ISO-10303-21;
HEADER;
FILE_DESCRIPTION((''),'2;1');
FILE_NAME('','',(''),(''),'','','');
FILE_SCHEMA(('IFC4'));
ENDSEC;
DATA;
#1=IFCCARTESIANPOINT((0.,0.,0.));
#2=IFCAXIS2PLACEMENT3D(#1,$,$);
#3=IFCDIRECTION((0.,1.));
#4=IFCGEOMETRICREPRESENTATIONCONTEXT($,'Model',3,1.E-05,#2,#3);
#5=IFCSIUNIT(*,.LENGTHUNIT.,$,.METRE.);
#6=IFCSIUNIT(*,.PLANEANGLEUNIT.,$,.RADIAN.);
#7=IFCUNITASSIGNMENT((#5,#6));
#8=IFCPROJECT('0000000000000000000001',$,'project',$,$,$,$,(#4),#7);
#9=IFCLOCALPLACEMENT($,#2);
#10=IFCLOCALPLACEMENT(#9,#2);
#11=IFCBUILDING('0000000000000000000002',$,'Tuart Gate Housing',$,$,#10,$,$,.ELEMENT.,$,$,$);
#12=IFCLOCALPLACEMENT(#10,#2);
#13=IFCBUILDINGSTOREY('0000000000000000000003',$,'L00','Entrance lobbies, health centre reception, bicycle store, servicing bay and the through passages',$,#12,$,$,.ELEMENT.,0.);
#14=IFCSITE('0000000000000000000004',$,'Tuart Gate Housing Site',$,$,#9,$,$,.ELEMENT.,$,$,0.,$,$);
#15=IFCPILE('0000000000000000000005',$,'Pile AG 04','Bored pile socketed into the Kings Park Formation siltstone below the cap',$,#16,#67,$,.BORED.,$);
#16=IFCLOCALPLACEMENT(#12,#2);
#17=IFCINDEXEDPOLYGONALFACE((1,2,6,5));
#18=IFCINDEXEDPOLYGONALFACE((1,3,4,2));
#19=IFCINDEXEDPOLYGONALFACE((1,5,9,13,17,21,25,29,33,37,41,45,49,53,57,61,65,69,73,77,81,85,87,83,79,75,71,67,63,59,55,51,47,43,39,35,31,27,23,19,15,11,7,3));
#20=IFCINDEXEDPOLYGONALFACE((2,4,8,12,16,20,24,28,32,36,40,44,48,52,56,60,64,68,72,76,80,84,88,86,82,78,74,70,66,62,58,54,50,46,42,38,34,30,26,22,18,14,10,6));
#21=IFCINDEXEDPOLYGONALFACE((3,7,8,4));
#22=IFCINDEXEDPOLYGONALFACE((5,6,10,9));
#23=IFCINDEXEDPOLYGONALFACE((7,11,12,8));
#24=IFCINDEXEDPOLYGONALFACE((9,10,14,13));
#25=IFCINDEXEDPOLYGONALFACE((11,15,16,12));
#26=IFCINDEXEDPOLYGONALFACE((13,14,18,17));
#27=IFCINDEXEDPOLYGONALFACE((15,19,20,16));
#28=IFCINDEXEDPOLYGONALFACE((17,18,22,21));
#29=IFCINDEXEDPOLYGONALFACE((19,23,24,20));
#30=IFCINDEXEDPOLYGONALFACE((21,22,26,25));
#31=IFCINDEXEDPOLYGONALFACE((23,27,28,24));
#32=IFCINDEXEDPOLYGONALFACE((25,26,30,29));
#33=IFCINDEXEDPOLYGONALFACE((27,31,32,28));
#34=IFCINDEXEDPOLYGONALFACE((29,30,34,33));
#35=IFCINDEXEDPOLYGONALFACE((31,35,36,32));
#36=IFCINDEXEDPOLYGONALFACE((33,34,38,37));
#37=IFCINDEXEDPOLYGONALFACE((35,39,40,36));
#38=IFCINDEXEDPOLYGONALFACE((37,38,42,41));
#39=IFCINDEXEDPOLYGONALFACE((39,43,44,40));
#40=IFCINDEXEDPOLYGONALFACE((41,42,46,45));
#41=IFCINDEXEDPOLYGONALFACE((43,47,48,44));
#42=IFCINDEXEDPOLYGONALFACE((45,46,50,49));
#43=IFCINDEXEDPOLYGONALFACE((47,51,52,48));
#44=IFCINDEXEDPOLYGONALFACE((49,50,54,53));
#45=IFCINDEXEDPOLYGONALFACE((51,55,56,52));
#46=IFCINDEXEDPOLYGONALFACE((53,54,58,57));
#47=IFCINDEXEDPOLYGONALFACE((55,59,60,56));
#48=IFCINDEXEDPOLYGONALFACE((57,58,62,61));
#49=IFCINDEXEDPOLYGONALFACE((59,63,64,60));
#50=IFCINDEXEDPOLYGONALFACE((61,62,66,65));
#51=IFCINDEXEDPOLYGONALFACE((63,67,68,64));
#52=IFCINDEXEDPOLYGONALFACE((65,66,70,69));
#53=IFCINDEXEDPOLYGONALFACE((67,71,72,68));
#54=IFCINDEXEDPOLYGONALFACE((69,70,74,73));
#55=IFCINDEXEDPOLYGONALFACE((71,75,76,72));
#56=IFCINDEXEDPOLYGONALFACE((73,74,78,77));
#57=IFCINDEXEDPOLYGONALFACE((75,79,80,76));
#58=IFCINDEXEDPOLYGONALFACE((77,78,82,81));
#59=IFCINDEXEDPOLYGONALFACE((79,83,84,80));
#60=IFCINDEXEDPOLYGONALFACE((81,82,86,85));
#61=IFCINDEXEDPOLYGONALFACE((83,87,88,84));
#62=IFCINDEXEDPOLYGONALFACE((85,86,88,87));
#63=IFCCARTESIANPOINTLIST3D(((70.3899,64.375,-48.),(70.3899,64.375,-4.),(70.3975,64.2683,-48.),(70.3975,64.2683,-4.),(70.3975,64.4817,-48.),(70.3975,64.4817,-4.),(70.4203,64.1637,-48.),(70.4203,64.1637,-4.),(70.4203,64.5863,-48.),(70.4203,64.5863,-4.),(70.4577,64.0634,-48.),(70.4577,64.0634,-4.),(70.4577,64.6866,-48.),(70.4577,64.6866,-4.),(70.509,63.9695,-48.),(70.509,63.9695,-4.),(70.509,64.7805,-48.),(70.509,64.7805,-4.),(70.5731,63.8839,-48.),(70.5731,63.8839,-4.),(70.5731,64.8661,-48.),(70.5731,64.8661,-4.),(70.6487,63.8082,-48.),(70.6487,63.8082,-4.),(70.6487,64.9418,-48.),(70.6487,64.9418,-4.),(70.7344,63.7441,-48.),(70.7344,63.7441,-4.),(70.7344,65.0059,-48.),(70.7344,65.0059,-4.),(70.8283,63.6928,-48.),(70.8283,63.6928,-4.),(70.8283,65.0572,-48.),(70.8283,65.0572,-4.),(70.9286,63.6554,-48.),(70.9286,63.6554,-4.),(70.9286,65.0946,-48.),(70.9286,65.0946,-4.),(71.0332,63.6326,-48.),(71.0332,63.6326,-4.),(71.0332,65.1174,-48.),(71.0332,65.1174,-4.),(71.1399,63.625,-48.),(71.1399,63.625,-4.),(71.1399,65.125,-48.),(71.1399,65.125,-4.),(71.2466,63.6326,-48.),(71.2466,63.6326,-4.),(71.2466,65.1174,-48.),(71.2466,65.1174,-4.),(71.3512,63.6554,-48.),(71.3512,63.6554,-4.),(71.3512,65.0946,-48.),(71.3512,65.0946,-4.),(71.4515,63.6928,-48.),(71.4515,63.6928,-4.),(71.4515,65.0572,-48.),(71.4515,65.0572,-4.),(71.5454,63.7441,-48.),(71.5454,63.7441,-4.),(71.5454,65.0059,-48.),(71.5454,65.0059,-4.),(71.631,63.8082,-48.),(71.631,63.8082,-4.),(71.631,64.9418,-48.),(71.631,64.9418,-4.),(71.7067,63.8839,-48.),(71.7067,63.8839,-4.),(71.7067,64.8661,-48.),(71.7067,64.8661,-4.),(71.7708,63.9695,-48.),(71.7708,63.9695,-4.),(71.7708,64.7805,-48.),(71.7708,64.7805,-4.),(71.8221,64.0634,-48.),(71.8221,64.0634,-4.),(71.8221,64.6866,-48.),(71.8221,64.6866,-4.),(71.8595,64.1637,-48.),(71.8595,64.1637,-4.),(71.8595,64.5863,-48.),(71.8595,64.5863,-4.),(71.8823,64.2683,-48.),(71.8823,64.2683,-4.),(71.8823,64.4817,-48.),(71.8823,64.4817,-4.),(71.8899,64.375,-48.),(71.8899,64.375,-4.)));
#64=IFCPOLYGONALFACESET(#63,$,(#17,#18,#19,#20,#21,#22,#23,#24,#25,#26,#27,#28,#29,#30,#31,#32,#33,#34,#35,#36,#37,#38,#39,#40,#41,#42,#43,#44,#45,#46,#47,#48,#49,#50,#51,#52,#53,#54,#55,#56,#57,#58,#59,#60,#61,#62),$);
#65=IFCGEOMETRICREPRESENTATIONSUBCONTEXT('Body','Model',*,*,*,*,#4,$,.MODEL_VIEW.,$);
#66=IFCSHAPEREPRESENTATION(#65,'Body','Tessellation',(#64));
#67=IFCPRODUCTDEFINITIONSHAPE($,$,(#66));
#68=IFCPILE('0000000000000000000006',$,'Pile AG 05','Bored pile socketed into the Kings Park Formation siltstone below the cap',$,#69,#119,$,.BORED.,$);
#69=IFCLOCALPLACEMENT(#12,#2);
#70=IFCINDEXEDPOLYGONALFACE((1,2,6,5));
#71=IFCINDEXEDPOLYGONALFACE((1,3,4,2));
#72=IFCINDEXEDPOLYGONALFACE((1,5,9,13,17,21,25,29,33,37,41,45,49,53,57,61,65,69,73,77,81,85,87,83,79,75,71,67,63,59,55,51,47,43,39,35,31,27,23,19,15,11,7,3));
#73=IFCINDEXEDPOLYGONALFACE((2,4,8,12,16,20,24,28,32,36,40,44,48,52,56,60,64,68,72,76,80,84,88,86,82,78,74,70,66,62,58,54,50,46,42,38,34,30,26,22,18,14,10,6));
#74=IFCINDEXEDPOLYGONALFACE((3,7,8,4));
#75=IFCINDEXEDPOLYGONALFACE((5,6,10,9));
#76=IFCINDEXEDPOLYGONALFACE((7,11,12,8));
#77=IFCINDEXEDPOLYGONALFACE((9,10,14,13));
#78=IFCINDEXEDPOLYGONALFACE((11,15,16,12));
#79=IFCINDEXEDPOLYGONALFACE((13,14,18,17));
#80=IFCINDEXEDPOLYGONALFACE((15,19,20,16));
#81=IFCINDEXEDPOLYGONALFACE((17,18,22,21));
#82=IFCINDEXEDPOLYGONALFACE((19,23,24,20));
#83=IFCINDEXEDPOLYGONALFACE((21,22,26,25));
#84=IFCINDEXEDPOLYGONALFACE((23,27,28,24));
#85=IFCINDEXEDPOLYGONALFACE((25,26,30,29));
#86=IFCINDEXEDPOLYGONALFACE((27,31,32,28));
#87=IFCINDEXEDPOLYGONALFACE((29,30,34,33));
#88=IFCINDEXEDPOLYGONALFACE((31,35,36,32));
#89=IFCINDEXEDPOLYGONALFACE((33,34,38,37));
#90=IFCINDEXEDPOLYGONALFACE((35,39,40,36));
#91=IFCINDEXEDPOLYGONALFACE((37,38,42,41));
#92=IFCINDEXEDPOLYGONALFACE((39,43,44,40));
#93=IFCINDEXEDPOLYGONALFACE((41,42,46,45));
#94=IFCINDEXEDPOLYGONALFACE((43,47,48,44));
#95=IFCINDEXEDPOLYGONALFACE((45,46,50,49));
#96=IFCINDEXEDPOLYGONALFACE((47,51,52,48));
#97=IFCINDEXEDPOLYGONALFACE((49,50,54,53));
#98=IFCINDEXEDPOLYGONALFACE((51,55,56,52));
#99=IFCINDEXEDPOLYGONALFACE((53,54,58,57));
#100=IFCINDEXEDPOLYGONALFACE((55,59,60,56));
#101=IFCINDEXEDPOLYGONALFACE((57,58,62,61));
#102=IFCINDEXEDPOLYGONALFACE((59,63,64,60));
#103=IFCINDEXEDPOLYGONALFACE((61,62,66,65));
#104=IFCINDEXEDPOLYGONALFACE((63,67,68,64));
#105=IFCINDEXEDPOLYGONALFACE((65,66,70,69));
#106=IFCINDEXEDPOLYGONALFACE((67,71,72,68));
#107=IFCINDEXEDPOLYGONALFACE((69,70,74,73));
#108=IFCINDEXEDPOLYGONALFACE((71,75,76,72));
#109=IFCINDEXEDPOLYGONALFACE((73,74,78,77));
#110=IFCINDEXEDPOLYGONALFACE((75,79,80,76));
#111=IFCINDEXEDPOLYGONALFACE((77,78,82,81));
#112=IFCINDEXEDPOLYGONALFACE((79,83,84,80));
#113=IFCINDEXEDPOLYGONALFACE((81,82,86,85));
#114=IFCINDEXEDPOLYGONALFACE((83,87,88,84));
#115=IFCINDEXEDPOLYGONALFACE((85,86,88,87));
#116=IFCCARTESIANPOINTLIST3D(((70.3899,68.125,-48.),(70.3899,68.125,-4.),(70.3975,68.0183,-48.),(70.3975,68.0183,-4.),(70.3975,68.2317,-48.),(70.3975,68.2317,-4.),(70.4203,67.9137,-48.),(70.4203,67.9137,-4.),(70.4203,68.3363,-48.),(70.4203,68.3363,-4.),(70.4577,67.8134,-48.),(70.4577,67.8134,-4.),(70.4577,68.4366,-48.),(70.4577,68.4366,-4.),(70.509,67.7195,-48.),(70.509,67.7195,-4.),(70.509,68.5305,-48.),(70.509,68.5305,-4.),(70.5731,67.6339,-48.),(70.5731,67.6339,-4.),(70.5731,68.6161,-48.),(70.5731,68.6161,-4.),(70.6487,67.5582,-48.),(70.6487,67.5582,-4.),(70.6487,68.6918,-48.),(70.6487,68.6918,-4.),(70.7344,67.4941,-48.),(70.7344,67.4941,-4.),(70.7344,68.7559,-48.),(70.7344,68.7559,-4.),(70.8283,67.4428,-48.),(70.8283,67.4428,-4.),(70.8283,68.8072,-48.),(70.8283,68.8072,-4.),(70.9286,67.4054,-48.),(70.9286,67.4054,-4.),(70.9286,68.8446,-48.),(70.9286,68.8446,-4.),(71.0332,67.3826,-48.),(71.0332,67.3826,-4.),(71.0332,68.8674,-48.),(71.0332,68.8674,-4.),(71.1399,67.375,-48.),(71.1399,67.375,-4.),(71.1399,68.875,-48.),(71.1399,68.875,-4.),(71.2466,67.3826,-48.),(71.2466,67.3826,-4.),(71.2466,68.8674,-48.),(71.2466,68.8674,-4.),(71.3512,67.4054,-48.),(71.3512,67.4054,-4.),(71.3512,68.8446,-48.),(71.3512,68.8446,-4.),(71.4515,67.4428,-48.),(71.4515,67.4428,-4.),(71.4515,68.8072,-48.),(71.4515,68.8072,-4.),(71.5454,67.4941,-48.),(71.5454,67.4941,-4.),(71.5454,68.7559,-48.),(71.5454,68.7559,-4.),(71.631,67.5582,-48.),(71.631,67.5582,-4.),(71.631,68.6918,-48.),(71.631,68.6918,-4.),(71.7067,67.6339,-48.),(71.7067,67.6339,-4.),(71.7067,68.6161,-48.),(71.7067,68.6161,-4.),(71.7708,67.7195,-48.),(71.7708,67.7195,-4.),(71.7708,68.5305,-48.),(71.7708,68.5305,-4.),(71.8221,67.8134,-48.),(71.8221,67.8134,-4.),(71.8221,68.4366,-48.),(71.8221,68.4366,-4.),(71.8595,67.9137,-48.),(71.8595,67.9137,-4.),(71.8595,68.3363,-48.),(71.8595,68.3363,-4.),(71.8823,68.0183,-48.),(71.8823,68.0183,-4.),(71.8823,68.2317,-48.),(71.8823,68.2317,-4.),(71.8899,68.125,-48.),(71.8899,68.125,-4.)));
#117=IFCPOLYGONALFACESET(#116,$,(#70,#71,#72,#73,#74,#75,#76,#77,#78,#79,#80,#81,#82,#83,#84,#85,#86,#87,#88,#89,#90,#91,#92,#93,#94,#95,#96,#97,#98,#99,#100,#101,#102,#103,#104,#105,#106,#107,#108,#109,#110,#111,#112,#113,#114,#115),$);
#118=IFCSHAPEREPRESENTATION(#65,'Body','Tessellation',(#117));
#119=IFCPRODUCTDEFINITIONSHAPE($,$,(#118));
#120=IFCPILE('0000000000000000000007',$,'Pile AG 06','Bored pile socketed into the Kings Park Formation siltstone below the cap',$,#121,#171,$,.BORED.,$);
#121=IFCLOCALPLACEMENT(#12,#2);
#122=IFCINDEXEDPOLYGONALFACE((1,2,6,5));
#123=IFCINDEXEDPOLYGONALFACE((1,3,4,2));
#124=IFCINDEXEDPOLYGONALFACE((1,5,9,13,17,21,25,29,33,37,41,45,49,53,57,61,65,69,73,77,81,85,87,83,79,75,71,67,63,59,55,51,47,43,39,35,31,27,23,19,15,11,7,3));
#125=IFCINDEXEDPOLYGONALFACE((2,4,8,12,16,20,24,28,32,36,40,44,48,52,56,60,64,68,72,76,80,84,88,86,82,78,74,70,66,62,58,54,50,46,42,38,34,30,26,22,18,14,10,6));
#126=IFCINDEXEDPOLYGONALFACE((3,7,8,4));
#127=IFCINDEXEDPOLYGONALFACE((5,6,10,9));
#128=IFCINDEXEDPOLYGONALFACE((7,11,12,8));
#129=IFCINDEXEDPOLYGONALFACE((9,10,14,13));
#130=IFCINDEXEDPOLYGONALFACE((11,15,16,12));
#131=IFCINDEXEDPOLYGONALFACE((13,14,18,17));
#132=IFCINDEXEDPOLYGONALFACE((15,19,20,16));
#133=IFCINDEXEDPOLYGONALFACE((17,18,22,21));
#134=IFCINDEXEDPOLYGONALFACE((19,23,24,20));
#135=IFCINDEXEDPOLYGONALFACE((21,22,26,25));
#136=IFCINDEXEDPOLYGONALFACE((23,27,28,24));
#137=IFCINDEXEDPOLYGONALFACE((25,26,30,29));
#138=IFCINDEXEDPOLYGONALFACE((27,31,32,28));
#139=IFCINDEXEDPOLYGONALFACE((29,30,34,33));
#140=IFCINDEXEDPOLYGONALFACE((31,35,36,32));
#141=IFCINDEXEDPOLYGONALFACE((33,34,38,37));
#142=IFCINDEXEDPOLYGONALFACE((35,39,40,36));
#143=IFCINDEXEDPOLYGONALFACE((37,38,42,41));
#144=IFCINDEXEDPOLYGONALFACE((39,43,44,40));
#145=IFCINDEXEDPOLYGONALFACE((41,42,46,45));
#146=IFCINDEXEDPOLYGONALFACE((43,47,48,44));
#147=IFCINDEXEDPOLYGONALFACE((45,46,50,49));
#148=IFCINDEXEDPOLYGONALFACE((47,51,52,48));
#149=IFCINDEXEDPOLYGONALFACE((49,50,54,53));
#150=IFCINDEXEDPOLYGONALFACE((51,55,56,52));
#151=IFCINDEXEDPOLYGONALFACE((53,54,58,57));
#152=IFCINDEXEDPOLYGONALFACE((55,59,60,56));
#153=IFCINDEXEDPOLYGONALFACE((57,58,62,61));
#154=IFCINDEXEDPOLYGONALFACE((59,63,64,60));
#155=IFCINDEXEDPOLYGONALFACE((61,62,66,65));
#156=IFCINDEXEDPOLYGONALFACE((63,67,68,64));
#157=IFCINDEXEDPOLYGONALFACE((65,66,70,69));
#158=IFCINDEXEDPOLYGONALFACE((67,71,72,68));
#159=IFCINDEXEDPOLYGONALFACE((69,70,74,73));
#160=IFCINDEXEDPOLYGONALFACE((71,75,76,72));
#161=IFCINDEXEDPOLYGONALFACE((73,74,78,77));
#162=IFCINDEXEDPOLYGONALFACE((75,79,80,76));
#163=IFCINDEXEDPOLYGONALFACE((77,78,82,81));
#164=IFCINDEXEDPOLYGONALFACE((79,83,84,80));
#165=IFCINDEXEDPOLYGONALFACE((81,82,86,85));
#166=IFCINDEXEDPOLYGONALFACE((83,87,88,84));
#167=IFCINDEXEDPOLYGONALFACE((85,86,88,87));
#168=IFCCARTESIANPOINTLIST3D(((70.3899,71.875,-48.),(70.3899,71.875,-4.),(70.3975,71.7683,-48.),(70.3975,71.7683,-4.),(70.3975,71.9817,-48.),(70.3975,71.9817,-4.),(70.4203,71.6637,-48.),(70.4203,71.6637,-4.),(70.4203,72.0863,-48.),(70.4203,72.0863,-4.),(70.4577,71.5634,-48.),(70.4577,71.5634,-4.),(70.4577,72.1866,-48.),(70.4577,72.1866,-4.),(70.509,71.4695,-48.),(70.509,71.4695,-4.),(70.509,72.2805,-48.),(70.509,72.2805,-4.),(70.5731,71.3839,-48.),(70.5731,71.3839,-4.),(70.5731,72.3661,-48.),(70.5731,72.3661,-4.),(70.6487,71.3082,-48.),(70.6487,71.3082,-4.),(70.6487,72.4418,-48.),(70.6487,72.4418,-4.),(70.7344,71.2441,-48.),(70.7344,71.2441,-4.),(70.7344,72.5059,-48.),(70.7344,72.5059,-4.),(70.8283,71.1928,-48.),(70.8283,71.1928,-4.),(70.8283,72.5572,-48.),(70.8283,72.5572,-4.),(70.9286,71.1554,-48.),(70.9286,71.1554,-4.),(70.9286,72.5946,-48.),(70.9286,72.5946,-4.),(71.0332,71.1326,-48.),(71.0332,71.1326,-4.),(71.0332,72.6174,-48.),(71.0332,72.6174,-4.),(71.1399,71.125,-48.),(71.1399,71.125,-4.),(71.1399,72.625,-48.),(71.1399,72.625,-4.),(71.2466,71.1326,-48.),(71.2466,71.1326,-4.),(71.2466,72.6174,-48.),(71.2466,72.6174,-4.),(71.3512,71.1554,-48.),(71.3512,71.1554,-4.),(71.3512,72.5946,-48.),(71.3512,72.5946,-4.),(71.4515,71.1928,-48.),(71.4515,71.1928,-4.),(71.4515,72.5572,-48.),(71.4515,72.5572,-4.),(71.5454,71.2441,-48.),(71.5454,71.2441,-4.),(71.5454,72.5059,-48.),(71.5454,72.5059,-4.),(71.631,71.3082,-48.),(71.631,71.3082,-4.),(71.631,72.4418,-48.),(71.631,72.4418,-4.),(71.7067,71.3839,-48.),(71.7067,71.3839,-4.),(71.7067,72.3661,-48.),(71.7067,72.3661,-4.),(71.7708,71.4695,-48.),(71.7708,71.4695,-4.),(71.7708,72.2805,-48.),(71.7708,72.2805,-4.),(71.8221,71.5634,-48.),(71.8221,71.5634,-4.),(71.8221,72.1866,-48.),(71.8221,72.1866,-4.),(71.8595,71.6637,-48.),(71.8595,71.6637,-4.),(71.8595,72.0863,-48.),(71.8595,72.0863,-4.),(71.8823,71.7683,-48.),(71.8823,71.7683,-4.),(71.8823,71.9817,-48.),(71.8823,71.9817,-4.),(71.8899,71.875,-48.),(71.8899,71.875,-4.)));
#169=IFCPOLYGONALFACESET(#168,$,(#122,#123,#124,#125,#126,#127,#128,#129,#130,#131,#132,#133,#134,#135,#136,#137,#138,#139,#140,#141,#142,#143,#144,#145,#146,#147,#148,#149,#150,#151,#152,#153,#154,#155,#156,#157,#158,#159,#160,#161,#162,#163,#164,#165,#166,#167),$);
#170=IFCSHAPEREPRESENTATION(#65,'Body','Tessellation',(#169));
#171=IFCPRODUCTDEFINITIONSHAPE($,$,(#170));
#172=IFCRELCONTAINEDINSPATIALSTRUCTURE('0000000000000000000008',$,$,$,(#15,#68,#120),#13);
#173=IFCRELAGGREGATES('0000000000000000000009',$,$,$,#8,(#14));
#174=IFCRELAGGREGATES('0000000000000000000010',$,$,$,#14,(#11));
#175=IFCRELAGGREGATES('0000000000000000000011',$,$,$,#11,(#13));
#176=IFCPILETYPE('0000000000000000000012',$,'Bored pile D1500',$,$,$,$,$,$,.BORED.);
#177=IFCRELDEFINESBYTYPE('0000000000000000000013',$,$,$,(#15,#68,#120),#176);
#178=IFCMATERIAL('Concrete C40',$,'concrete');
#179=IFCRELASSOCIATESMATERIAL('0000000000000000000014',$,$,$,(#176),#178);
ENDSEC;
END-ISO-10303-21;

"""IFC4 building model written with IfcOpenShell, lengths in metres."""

from ifc_helpers import new_model, si_unit, direction, frame, origin, origin_2d, place, context, subcontext, project, spatial, circle, extrude, material, material_profile, profile_set, type_object, element, save


model = new_model("IFC4")

# Units and contexts
model_context = context("Model", 3, precision=1e-05, world=origin(), true_north=direction((0.0, 1.0)))
body_context = subcontext(model_context, "Body", "Model", "MODEL_VIEW")
ifc_project = project(units=[si_unit("LENGTHUNIT", "METRE"), si_unit("PLANEANGLEUNIT", "RADIAN")], contexts=[model_context])

# Site, building, storey
site_placement = place(None, origin())
site = spatial("IfcSite", under=ifc_project, at=site_placement, Name="Tuart Gate Housing Site", CompositionType="ELEMENT", RefElevation=0.0)
building_placement = place(site_placement, origin())
building = spatial("IfcBuilding", under=site, at=building_placement, Name="Tuart Gate Housing", CompositionType="ELEMENT")
storey_placement = place(building_placement, origin())
storey = spatial("IfcBuildingStorey", under=building, at=storey_placement, Name="L00", Description="Entrance lobbies, health centre reception, bicycle store, servicing bay and the through passages", CompositionType="ELEMENT", Elevation=0.0)

# Piles
ifc_material_1 = material(Name="Concrete C40", Category="concrete")
ifc_material_profile_1 = material_profile(ifc_material_1, circle(Radius=0.75, at=origin_2d()), Name="Bored pile D1500")
ifc_profile_set_1 = profile_set([ifc_material_profile_1], Name="Concrete C40")
pile_type = type_object("IfcPileType", Name="Bored pile D1500", PredefinedType="BORED", material=ifc_profile_set_1)
for number, where, z_axis, x_axis, name in (
    (1, (71.1399, 64.375, -4.0), (0.0, 0.0, -1.0), (1.0, 0.0, 0.0), "Pile AG 04"),
    (2, (71.1399, 68.125, -4.0), (0.0, 0.0, -1.0), (1.0, 0.0, 0.0), "Pile AG 05"),
    (3, (71.1399, 71.875, -4.0), (0.0, 0.0, -1.0), (1.0, 0.0, 0.0), "Pile AG 06"),
):
    element("IfcPile", number, at=place(storey_placement, frame(where, z_axis=z_axis, x_axis=x_axis)), inside=storey, type_object=pile_type, Name=name, Description="Bored pile socketed into the Kings Park Formation siltstone below the cap", PredefinedType="BORED", context=body_context, shape_type="SweptSolid", body=[
        extrude(circle(Radius=0.75, at=origin_2d()), origin(), (0.0, 0.0, 1.0), 44.0),
    ])

save(model, "model.ifc")
